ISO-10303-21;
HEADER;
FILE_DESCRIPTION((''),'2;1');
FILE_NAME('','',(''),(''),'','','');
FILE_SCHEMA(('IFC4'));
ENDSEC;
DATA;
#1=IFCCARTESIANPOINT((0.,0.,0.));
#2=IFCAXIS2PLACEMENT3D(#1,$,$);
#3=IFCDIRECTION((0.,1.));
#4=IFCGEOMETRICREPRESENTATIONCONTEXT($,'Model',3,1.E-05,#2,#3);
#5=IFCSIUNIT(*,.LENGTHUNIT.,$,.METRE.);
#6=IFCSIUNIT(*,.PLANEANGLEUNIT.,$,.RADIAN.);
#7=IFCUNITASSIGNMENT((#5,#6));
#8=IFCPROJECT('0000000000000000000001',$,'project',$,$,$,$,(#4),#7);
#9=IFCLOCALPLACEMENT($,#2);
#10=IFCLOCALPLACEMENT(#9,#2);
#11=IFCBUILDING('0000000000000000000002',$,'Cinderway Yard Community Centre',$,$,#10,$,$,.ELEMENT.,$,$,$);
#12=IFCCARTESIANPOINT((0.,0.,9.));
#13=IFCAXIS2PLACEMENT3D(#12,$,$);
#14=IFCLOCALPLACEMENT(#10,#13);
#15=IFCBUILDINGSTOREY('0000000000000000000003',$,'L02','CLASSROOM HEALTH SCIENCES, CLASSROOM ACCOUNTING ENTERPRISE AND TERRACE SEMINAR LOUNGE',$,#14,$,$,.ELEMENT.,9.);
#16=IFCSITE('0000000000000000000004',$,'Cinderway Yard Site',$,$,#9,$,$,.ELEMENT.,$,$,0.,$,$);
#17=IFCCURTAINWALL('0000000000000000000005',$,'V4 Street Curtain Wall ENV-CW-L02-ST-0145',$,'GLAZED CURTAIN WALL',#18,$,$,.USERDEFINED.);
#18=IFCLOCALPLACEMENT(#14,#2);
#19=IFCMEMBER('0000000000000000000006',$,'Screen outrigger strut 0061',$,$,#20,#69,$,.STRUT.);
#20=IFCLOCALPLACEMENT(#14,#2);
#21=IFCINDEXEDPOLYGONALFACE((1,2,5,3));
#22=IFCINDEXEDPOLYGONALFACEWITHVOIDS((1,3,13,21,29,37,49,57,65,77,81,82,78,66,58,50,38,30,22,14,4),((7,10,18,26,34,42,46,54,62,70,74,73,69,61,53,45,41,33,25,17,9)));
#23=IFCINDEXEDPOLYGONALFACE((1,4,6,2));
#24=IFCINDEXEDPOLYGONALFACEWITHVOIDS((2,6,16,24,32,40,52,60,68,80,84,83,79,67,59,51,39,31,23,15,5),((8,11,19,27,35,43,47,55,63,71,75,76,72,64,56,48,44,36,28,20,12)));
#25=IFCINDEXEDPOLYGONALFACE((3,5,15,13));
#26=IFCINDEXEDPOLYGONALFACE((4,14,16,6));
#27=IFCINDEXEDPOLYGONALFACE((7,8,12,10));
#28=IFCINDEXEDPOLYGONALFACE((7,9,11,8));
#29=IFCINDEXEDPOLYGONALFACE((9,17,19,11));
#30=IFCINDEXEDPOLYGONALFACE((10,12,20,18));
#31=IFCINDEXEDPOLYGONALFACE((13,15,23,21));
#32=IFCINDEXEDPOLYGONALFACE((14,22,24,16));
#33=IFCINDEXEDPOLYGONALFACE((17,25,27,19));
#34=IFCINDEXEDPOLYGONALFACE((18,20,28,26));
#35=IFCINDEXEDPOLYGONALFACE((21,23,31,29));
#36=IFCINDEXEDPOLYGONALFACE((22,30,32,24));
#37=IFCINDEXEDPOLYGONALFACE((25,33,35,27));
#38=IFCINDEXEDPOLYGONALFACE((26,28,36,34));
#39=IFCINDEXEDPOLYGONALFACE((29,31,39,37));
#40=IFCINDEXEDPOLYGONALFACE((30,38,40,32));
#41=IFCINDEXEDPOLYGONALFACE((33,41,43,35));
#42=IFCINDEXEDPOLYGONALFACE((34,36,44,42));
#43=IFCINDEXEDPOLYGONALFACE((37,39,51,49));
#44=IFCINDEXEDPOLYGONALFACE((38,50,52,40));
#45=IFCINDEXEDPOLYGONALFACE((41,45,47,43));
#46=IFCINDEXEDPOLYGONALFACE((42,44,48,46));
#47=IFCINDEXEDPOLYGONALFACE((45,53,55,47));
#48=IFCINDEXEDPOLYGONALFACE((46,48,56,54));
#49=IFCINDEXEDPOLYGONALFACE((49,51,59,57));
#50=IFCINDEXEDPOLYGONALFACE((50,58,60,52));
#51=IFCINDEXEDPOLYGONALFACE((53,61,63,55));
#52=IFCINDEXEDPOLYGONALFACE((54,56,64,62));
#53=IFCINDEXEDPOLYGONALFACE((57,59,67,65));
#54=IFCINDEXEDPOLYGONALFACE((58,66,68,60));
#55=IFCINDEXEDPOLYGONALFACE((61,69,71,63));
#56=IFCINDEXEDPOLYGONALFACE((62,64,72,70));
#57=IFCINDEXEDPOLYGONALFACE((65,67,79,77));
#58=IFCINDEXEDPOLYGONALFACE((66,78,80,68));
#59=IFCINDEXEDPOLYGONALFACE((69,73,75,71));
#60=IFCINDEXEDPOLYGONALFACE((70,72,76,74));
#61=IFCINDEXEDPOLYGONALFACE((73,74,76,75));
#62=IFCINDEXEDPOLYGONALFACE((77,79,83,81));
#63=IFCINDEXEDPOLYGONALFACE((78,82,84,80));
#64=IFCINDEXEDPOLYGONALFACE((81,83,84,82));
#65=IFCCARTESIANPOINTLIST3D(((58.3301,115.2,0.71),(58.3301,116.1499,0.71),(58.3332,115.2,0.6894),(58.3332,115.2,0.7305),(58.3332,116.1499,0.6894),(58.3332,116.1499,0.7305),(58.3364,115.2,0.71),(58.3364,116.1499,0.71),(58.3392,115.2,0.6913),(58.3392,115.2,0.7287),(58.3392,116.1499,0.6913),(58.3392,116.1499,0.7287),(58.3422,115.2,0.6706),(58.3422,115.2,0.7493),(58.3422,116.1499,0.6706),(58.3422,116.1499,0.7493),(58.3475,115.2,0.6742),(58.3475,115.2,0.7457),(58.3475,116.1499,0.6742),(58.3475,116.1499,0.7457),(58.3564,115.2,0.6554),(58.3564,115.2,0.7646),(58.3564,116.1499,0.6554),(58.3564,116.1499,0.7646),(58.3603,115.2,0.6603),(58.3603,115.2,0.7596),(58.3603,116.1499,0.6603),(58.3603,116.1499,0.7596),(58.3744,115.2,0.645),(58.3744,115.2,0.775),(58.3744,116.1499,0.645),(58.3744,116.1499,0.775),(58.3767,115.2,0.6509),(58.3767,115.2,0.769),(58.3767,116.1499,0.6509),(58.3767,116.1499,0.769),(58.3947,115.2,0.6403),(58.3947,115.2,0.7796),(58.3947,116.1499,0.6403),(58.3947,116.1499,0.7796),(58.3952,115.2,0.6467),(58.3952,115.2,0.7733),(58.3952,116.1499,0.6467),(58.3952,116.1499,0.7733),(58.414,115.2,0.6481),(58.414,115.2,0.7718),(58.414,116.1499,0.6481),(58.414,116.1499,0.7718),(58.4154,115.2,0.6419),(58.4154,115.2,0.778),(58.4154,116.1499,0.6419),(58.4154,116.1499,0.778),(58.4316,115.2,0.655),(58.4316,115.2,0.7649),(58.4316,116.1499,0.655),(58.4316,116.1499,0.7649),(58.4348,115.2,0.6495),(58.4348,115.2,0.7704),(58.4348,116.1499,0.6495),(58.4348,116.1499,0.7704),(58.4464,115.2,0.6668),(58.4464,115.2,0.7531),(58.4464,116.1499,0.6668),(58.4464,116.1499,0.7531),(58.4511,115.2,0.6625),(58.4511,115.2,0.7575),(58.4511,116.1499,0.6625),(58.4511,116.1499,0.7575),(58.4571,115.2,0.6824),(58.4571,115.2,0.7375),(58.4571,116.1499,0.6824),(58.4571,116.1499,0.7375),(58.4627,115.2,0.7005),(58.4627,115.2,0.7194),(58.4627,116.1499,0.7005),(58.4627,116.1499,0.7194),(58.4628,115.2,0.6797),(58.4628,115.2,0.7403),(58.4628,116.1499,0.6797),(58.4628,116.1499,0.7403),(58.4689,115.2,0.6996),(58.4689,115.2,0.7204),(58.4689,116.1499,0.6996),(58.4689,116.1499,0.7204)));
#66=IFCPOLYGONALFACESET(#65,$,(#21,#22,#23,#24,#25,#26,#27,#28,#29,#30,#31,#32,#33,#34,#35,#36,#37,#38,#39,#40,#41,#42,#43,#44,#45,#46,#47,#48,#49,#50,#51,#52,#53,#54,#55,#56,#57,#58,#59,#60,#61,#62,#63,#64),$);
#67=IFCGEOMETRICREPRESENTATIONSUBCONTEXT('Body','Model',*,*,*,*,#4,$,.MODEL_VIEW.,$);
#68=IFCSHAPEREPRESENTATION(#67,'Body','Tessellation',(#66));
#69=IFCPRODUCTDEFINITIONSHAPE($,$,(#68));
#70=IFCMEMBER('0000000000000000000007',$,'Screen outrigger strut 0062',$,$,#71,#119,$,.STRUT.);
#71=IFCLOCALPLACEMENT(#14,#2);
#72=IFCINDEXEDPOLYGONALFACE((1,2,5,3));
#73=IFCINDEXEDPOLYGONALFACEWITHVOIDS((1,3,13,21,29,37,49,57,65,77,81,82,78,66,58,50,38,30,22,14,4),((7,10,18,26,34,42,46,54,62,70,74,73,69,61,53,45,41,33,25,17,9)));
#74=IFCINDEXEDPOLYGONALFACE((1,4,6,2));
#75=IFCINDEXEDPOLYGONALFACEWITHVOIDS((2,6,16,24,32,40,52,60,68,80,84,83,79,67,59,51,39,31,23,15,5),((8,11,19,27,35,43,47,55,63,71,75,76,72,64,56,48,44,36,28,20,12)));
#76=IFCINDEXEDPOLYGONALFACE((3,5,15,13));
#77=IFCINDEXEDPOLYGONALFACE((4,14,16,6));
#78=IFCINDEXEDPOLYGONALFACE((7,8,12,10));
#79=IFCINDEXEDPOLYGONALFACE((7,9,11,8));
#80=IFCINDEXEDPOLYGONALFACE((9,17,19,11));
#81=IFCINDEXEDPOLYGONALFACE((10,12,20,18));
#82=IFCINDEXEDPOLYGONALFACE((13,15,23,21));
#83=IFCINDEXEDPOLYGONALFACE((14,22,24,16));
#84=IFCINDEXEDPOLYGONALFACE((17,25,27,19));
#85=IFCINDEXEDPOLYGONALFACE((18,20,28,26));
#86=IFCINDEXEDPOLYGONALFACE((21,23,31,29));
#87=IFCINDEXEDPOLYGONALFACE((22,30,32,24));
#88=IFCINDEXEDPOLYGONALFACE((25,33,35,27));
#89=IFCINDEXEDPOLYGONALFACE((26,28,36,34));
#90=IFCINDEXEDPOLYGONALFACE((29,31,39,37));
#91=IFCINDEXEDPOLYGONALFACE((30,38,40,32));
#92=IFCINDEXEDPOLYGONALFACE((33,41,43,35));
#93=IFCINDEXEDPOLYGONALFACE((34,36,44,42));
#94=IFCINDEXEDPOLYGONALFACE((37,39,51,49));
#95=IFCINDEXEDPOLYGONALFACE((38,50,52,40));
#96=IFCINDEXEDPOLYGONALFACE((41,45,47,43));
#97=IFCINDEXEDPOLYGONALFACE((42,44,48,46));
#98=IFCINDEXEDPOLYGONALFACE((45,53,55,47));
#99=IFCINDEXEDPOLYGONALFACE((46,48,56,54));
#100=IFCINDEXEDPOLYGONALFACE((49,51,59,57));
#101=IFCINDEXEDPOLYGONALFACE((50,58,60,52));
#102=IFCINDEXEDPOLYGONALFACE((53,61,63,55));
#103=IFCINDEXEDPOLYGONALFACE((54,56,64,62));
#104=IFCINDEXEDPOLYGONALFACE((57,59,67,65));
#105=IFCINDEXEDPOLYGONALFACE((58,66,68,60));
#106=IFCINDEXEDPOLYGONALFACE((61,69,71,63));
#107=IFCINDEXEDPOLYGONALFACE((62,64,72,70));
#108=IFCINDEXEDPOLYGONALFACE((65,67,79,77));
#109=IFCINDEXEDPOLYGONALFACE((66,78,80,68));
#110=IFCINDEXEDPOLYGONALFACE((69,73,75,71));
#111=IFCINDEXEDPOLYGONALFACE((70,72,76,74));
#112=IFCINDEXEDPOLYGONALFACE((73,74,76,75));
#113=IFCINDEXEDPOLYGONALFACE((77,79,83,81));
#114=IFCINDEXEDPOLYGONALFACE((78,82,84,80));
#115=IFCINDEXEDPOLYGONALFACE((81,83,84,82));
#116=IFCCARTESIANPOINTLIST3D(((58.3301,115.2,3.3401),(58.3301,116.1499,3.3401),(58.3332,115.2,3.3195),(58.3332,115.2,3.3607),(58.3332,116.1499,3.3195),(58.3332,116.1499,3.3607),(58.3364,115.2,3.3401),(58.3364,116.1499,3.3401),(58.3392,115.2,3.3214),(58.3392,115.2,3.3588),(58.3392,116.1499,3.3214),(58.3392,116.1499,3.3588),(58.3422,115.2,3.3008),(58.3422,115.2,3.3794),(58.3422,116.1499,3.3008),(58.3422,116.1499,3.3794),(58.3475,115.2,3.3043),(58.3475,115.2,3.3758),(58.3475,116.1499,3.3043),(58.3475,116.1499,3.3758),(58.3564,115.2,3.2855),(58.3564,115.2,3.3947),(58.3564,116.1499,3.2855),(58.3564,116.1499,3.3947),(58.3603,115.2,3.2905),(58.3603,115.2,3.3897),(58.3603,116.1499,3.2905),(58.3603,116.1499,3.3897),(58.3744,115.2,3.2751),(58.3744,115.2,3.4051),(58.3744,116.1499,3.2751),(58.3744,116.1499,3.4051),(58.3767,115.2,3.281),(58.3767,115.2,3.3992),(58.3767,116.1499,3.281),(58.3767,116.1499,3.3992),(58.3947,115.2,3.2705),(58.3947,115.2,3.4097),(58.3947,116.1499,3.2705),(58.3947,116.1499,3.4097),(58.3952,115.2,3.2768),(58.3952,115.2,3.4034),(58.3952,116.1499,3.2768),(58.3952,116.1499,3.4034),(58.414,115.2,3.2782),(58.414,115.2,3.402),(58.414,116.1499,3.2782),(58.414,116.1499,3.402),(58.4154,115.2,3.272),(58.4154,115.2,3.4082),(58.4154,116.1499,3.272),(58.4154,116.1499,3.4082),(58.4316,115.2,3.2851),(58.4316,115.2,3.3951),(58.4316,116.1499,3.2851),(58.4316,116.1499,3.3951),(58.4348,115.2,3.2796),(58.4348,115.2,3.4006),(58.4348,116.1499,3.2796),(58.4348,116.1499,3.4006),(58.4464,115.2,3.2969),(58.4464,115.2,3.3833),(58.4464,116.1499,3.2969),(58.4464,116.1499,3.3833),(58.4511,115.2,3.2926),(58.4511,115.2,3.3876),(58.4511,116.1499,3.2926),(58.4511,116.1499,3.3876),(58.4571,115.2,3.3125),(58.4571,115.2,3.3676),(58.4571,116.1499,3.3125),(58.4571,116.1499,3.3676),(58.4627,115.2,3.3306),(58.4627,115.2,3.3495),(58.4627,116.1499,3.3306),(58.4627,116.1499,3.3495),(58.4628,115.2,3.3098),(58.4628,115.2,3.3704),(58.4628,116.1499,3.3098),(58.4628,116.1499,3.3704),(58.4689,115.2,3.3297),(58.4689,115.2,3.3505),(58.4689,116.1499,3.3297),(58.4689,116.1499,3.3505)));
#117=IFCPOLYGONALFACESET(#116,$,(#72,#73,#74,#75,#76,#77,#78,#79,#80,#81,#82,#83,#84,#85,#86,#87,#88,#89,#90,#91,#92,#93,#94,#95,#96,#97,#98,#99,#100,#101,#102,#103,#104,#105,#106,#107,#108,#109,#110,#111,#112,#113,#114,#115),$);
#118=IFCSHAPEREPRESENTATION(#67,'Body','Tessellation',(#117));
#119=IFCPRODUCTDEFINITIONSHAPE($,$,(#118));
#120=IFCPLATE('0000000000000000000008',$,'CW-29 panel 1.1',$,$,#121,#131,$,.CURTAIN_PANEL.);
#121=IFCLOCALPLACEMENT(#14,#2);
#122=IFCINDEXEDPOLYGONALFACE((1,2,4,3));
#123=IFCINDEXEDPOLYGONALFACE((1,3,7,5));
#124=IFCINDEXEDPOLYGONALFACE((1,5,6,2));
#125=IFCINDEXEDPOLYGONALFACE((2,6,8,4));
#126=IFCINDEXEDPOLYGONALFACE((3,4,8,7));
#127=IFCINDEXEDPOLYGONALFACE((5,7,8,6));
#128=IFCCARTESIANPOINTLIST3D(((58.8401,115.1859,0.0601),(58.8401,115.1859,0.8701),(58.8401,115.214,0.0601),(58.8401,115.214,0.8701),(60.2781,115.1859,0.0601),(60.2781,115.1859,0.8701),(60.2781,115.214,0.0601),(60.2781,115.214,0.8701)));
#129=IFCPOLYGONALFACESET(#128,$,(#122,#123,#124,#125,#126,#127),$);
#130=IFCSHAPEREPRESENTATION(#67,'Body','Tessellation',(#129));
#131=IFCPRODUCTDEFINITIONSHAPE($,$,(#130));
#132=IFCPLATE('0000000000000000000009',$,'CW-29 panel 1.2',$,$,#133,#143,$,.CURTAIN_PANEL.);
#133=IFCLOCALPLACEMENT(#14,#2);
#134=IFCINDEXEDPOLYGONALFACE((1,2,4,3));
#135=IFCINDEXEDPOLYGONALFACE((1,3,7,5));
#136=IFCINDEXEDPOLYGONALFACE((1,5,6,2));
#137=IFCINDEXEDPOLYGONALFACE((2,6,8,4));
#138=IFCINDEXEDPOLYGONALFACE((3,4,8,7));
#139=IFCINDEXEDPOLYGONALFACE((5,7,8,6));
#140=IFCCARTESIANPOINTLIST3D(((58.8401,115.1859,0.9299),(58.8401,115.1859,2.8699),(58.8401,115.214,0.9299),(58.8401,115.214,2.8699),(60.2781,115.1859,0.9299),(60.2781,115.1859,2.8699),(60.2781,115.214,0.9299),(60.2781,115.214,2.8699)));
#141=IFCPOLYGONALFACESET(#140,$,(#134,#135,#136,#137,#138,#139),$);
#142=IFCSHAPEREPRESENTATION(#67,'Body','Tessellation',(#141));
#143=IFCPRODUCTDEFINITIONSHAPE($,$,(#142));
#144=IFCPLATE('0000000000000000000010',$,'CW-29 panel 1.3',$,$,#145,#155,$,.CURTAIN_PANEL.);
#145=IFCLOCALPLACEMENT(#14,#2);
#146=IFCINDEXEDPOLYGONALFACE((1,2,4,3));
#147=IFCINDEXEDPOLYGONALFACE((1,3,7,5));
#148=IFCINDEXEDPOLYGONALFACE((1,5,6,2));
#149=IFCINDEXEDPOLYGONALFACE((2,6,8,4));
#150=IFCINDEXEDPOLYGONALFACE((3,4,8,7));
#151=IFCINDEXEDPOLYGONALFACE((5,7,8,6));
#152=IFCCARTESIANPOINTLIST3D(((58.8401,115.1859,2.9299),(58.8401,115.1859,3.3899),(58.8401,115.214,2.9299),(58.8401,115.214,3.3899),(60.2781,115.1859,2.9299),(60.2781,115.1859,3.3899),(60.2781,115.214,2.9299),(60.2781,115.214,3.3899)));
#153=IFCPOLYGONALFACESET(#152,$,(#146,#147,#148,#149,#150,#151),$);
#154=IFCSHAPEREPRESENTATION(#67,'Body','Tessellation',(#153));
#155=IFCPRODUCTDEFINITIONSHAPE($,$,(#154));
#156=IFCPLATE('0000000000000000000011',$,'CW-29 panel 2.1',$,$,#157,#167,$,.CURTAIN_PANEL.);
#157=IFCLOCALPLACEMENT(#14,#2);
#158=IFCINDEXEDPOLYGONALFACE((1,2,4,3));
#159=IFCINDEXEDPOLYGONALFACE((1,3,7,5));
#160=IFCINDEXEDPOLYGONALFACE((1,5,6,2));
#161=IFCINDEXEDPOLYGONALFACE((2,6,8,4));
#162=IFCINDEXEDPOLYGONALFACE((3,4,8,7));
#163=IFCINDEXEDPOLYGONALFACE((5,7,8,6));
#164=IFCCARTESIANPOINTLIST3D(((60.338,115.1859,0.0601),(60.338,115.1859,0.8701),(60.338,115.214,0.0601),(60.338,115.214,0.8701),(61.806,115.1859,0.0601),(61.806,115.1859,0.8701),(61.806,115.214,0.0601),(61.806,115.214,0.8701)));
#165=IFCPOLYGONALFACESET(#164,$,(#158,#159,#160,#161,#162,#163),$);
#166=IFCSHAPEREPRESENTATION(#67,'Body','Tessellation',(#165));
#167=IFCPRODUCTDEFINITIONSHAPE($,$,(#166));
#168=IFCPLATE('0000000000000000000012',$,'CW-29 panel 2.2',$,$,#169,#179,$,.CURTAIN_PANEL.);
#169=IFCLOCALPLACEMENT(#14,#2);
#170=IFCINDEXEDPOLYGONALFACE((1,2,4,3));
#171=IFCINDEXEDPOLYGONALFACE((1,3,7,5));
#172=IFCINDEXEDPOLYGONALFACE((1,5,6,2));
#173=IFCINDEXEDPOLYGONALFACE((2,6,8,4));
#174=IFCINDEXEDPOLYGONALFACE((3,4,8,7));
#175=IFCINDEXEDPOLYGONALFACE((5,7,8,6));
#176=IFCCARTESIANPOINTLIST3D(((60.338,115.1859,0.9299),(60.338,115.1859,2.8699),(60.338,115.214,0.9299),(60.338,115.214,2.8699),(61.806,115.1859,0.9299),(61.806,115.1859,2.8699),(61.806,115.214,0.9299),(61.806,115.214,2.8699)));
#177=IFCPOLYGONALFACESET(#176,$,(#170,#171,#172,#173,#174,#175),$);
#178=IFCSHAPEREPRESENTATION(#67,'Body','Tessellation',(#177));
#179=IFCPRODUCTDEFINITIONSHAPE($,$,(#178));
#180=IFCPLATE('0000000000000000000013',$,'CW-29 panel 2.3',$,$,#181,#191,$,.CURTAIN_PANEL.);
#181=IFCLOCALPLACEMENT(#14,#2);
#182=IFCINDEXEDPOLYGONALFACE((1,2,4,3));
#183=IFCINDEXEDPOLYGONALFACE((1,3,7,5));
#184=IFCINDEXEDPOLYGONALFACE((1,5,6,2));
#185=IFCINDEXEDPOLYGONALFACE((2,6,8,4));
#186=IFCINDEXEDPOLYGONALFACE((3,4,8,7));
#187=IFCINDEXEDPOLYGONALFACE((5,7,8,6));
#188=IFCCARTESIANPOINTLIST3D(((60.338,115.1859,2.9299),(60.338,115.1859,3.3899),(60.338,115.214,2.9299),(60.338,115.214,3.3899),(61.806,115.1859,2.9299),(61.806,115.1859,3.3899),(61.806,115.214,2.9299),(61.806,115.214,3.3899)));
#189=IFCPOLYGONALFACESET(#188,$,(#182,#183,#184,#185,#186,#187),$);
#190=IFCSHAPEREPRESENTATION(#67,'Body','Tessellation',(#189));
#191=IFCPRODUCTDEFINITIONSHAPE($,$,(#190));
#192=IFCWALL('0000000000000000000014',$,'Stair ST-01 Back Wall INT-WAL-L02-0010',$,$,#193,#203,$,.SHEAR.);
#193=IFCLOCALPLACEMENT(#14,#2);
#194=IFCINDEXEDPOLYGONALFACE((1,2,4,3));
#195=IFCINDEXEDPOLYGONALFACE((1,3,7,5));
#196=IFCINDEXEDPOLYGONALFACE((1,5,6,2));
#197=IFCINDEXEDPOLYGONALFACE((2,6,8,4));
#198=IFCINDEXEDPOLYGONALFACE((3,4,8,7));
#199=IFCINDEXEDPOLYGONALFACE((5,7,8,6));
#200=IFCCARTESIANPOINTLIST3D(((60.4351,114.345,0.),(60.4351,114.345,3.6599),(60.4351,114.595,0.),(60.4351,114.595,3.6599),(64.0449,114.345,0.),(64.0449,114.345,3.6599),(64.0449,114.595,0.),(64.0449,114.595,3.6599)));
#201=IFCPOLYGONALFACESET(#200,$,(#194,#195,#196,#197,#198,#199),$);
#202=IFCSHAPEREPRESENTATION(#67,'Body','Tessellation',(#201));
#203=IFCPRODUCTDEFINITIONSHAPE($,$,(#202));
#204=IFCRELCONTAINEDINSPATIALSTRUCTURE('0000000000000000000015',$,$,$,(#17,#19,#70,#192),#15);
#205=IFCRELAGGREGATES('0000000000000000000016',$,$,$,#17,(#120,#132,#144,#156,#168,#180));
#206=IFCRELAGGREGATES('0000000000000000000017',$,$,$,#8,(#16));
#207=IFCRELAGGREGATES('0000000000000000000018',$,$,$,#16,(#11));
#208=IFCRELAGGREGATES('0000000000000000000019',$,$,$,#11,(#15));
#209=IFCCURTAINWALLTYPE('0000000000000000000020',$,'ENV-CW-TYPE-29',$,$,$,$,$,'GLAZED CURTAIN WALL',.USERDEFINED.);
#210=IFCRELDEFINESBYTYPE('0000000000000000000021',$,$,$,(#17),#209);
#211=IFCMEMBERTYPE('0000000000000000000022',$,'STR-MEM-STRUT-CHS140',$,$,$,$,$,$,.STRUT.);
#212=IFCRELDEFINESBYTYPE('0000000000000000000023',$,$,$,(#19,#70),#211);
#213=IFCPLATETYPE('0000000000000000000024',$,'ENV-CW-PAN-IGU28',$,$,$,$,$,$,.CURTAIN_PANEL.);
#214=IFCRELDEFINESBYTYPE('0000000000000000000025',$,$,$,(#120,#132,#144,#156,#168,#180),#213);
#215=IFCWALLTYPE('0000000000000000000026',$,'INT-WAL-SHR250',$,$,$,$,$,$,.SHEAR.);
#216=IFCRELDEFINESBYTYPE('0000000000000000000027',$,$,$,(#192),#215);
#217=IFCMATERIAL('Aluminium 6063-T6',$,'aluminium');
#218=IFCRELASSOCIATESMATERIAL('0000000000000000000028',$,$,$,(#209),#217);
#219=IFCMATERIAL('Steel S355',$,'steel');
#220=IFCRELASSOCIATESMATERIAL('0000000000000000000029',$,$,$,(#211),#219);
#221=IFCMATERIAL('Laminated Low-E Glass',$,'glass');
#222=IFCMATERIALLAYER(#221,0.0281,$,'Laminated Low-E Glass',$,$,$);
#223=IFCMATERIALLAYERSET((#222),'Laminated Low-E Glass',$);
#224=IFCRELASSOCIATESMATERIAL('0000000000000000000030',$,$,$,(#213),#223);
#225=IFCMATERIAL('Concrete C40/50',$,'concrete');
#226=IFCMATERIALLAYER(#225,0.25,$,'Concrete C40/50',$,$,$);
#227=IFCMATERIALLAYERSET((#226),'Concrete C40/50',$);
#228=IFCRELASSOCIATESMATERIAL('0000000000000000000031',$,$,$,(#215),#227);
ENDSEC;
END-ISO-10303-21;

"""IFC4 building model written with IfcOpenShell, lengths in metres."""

from ifc_helpers import new_model, si_unit, direction, frame, frame_2d, origin, origin_2d, place, context, subcontext, project, spatial, rectangle, hollow_circle, extrude, material, layer, layer_set, material_profile, profile_set, type_object, element, aggregate, save


model = new_model("IFC4")

# Units and contexts
model_context = context("Model", 3, precision=1e-05, world=origin(), true_north=direction((0.0, 1.0)))
body_context = subcontext(model_context, "Body", "Model", "MODEL_VIEW")
ifc_project = project(units=[si_unit("LENGTHUNIT", "METRE"), si_unit("PLANEANGLEUNIT", "RADIAN")], contexts=[model_context])

# Site, building, storey
site_placement = place(None, origin())
site = spatial("IfcSite", under=ifc_project, at=site_placement, Name="Cinderway Yard Site", CompositionType="ELEMENT", RefElevation=0.0)
building_placement = place(site_placement, origin())
building = spatial("IfcBuilding", under=site, at=building_placement, Name="Cinderway Yard Community Centre", CompositionType="ELEMENT")
storey_placement = place(building_placement, frame((0.0, 0.0, 9.0)))
storey = spatial("IfcBuildingStorey", under=building, at=storey_placement, Name="L02", Description="CLASSROOM HEALTH SCIENCES, CLASSROOM ACCOUNTING ENTERPRISE AND TERRACE SEMINAR LOUNGE", CompositionType="ELEMENT", Elevation=9.0)

# Shared definitions
ifc_material_1 = material(Name="Concrete C40/50", Category="concrete")

# Curtain wall
ifc_material_2 = material(Name="Aluminium 6063-T6", Category="aluminium")
curtain_wall_type = type_object("IfcCurtainWallType", Name="ENV-CW-TYPE-29", ElementType="GLAZED CURTAIN WALL", PredefinedType="USERDEFINED", material=ifc_material_2)
curtain_wall_placement = place(storey_placement, origin())
curtain_wall = element("IfcCurtainWall", 1, at=curtain_wall_placement, inside=storey, type_object=curtain_wall_type, Name="V4 Street Curtain Wall ENV-CW-L02-ST-0145", ObjectType="GLAZED CURTAIN WALL", PredefinedType="USERDEFINED")

# Members
ifc_material_3 = material(Name="Steel S355", Category="steel")
ifc_material_profile_1 = material_profile(ifc_material_3, hollow_circle(Radius=0.0698, WallThickness=0.0063, at=origin_2d()), Name="Steel S355")
ifc_profile_set_1 = profile_set([ifc_material_profile_1], Name="Steel S355")
member_type_1 = type_object("IfcMemberType", Name="STR-MEM-STRUT-CHS140", PredefinedType="STRUT", material=ifc_profile_set_1)
for number, where, z_axis, x_axis, name in (
    (2, (58.3999, 115.2, 0.71), (0.0, 1.0, 0.0), (-1.0, 0.0, 0.0), "Screen outrigger strut 0061"),
    (3, (58.3999, 115.2, 3.3401), (0.0, 1.0, 0.0), (-1.0, 0.0, 0.0), "Screen outrigger strut 0062"),
):
    element("IfcMember", number, at=place(storey_placement, frame(where, z_axis=z_axis, x_axis=x_axis)), inside=storey, type_object=member_type_1, Name=name, PredefinedType="STRUT", context=body_context, shape_type="SweptSolid", body=[
        extrude(hollow_circle(Radius=0.0698, WallThickness=0.0063, at=origin_2d()), origin(), (0.0, 0.0, 1.0), 0.95),
    ])

# Plates
ifc_material_4 = material(Name="Laminated Low-E Glass", Category="glass")
ifc_layer_1 = layer(ifc_material_4, 0.0281, Name="Laminated Low-E Glass")
ifc_layer_set_1 = layer_set([ifc_layer_1], Name="Laminated Low-E Glass")
plate_type = type_object("IfcPlateType", Name="ENV-CW-PAN-IGU28", PredefinedType="CURTAIN_PANEL", material=ifc_layer_set_1)
plate_1_placement = place(storey_placement, frame((59.5591, 115.2, 0.0601), z_axis=(0.0, 0.0, 1.0), x_axis=(1.0, 0.0, 0.0)))
plate_1 = element("IfcPlate", 4, at=plate_1_placement, type_object=plate_type, Name="CW-29 panel 1.1", PredefinedType="CURTAIN_PANEL", context=body_context, shape_type="SweptSolid", body=[
    extrude(rectangle(XDim=1.438, YDim=0.0281, at=origin_2d()), origin(), (0.0, 0.0, 1.0), 0.8101),
])
plate_2_placement = place(storey_placement, frame((59.5591, 115.2, 0.9299), z_axis=(0.0, 0.0, 1.0), x_axis=(1.0, 0.0, 0.0)))
plate_2 = element("IfcPlate", 5, at=plate_2_placement, type_object=plate_type, Name="CW-29 panel 1.2", PredefinedType="CURTAIN_PANEL", context=body_context, shape_type="SweptSolid", body=[
    extrude(rectangle(XDim=1.438, YDim=0.0281, at=origin_2d()), origin(), (0.0, 0.0, 1.0), 1.9399),
])
plate_3_placement = place(storey_placement, frame((59.5591, 115.2, 2.9299), z_axis=(0.0, 0.0, 1.0), x_axis=(1.0, 0.0, 0.0)))
plate_3 = element("IfcPlate", 6, at=plate_3_placement, type_object=plate_type, Name="CW-29 panel 1.3", PredefinedType="CURTAIN_PANEL", context=body_context, shape_type="SweptSolid", body=[
    extrude(rectangle(XDim=1.438, YDim=0.0281, at=origin_2d()), origin(), (0.0, 0.0, 1.0), 0.46),
])
plate_4_placement = place(storey_placement, frame((61.072, 115.2, 0.0601), z_axis=(0.0, 0.0, 1.0), x_axis=(1.0, 0.0, 0.0)))
plate_4 = element("IfcPlate", 7, at=plate_4_placement, type_object=plate_type, Name="CW-29 panel 2.1", PredefinedType="CURTAIN_PANEL", context=body_context, shape_type="SweptSolid", body=[
    extrude(rectangle(XDim=1.468, YDim=0.0281, at=origin_2d()), origin(), (0.0, 0.0, 1.0), 0.8101),
])
plate_5_placement = place(storey_placement, frame((61.072, 115.2, 0.9299), z_axis=(0.0, 0.0, 1.0), x_axis=(1.0, 0.0, 0.0)))
plate_5 = element("IfcPlate", 8, at=plate_5_placement, type_object=plate_type, Name="CW-29 panel 2.2", PredefinedType="CURTAIN_PANEL", context=body_context, shape_type="SweptSolid", body=[
    extrude(rectangle(XDim=1.468, YDim=0.0281, at=origin_2d()), origin(), (0.0, 0.0, 1.0), 1.9399),
])
plate_6_placement = place(storey_placement, frame((61.072, 115.2, 2.9299), z_axis=(0.0, 0.0, 1.0), x_axis=(1.0, 0.0, 0.0)))
plate_6 = element("IfcPlate", 9, at=plate_6_placement, type_object=plate_type, Name="CW-29 panel 2.3", PredefinedType="CURTAIN_PANEL", context=body_context, shape_type="SweptSolid", body=[
    extrude(rectangle(XDim=1.468, YDim=0.0281, at=origin_2d()), origin(), (0.0, 0.0, 1.0), 0.46),
])
aggregate(curtain_wall, [plate_1, plate_2, plate_3, plate_4, plate_5, plate_6])

# Wall
ifc_layer_2 = layer(ifc_material_1, 0.25, Name="Concrete C40/50")
ifc_layer_set_2 = layer_set([ifc_layer_2], Name="Concrete C40/50")
wall_type = type_object("IfcWallType", Name="INT-WAL-SHR250", PredefinedType="SHEAR", material=ifc_layer_set_2)
wall_1_placement = place(storey_placement, frame((60.4351, 114.47, 0.0), z_axis=(0.0, 0.0, 1.0), x_axis=(1.0, 0.0, 0.0)))
element("IfcWall", 10, at=wall_1_placement, inside=storey, type_object=wall_type, Name="Stair ST-01 Back Wall INT-WAL-L02-0010", PredefinedType="SHEAR", context=body_context, shape_type="SweptSolid", body=[
    extrude(rectangle(XDim=3.6099, YDim=0.25, at=frame_2d((1.8049, 0.0))), origin(), (0.0, 0.0, 1.0), 3.6599),
])

save(model, "model.ifc")
